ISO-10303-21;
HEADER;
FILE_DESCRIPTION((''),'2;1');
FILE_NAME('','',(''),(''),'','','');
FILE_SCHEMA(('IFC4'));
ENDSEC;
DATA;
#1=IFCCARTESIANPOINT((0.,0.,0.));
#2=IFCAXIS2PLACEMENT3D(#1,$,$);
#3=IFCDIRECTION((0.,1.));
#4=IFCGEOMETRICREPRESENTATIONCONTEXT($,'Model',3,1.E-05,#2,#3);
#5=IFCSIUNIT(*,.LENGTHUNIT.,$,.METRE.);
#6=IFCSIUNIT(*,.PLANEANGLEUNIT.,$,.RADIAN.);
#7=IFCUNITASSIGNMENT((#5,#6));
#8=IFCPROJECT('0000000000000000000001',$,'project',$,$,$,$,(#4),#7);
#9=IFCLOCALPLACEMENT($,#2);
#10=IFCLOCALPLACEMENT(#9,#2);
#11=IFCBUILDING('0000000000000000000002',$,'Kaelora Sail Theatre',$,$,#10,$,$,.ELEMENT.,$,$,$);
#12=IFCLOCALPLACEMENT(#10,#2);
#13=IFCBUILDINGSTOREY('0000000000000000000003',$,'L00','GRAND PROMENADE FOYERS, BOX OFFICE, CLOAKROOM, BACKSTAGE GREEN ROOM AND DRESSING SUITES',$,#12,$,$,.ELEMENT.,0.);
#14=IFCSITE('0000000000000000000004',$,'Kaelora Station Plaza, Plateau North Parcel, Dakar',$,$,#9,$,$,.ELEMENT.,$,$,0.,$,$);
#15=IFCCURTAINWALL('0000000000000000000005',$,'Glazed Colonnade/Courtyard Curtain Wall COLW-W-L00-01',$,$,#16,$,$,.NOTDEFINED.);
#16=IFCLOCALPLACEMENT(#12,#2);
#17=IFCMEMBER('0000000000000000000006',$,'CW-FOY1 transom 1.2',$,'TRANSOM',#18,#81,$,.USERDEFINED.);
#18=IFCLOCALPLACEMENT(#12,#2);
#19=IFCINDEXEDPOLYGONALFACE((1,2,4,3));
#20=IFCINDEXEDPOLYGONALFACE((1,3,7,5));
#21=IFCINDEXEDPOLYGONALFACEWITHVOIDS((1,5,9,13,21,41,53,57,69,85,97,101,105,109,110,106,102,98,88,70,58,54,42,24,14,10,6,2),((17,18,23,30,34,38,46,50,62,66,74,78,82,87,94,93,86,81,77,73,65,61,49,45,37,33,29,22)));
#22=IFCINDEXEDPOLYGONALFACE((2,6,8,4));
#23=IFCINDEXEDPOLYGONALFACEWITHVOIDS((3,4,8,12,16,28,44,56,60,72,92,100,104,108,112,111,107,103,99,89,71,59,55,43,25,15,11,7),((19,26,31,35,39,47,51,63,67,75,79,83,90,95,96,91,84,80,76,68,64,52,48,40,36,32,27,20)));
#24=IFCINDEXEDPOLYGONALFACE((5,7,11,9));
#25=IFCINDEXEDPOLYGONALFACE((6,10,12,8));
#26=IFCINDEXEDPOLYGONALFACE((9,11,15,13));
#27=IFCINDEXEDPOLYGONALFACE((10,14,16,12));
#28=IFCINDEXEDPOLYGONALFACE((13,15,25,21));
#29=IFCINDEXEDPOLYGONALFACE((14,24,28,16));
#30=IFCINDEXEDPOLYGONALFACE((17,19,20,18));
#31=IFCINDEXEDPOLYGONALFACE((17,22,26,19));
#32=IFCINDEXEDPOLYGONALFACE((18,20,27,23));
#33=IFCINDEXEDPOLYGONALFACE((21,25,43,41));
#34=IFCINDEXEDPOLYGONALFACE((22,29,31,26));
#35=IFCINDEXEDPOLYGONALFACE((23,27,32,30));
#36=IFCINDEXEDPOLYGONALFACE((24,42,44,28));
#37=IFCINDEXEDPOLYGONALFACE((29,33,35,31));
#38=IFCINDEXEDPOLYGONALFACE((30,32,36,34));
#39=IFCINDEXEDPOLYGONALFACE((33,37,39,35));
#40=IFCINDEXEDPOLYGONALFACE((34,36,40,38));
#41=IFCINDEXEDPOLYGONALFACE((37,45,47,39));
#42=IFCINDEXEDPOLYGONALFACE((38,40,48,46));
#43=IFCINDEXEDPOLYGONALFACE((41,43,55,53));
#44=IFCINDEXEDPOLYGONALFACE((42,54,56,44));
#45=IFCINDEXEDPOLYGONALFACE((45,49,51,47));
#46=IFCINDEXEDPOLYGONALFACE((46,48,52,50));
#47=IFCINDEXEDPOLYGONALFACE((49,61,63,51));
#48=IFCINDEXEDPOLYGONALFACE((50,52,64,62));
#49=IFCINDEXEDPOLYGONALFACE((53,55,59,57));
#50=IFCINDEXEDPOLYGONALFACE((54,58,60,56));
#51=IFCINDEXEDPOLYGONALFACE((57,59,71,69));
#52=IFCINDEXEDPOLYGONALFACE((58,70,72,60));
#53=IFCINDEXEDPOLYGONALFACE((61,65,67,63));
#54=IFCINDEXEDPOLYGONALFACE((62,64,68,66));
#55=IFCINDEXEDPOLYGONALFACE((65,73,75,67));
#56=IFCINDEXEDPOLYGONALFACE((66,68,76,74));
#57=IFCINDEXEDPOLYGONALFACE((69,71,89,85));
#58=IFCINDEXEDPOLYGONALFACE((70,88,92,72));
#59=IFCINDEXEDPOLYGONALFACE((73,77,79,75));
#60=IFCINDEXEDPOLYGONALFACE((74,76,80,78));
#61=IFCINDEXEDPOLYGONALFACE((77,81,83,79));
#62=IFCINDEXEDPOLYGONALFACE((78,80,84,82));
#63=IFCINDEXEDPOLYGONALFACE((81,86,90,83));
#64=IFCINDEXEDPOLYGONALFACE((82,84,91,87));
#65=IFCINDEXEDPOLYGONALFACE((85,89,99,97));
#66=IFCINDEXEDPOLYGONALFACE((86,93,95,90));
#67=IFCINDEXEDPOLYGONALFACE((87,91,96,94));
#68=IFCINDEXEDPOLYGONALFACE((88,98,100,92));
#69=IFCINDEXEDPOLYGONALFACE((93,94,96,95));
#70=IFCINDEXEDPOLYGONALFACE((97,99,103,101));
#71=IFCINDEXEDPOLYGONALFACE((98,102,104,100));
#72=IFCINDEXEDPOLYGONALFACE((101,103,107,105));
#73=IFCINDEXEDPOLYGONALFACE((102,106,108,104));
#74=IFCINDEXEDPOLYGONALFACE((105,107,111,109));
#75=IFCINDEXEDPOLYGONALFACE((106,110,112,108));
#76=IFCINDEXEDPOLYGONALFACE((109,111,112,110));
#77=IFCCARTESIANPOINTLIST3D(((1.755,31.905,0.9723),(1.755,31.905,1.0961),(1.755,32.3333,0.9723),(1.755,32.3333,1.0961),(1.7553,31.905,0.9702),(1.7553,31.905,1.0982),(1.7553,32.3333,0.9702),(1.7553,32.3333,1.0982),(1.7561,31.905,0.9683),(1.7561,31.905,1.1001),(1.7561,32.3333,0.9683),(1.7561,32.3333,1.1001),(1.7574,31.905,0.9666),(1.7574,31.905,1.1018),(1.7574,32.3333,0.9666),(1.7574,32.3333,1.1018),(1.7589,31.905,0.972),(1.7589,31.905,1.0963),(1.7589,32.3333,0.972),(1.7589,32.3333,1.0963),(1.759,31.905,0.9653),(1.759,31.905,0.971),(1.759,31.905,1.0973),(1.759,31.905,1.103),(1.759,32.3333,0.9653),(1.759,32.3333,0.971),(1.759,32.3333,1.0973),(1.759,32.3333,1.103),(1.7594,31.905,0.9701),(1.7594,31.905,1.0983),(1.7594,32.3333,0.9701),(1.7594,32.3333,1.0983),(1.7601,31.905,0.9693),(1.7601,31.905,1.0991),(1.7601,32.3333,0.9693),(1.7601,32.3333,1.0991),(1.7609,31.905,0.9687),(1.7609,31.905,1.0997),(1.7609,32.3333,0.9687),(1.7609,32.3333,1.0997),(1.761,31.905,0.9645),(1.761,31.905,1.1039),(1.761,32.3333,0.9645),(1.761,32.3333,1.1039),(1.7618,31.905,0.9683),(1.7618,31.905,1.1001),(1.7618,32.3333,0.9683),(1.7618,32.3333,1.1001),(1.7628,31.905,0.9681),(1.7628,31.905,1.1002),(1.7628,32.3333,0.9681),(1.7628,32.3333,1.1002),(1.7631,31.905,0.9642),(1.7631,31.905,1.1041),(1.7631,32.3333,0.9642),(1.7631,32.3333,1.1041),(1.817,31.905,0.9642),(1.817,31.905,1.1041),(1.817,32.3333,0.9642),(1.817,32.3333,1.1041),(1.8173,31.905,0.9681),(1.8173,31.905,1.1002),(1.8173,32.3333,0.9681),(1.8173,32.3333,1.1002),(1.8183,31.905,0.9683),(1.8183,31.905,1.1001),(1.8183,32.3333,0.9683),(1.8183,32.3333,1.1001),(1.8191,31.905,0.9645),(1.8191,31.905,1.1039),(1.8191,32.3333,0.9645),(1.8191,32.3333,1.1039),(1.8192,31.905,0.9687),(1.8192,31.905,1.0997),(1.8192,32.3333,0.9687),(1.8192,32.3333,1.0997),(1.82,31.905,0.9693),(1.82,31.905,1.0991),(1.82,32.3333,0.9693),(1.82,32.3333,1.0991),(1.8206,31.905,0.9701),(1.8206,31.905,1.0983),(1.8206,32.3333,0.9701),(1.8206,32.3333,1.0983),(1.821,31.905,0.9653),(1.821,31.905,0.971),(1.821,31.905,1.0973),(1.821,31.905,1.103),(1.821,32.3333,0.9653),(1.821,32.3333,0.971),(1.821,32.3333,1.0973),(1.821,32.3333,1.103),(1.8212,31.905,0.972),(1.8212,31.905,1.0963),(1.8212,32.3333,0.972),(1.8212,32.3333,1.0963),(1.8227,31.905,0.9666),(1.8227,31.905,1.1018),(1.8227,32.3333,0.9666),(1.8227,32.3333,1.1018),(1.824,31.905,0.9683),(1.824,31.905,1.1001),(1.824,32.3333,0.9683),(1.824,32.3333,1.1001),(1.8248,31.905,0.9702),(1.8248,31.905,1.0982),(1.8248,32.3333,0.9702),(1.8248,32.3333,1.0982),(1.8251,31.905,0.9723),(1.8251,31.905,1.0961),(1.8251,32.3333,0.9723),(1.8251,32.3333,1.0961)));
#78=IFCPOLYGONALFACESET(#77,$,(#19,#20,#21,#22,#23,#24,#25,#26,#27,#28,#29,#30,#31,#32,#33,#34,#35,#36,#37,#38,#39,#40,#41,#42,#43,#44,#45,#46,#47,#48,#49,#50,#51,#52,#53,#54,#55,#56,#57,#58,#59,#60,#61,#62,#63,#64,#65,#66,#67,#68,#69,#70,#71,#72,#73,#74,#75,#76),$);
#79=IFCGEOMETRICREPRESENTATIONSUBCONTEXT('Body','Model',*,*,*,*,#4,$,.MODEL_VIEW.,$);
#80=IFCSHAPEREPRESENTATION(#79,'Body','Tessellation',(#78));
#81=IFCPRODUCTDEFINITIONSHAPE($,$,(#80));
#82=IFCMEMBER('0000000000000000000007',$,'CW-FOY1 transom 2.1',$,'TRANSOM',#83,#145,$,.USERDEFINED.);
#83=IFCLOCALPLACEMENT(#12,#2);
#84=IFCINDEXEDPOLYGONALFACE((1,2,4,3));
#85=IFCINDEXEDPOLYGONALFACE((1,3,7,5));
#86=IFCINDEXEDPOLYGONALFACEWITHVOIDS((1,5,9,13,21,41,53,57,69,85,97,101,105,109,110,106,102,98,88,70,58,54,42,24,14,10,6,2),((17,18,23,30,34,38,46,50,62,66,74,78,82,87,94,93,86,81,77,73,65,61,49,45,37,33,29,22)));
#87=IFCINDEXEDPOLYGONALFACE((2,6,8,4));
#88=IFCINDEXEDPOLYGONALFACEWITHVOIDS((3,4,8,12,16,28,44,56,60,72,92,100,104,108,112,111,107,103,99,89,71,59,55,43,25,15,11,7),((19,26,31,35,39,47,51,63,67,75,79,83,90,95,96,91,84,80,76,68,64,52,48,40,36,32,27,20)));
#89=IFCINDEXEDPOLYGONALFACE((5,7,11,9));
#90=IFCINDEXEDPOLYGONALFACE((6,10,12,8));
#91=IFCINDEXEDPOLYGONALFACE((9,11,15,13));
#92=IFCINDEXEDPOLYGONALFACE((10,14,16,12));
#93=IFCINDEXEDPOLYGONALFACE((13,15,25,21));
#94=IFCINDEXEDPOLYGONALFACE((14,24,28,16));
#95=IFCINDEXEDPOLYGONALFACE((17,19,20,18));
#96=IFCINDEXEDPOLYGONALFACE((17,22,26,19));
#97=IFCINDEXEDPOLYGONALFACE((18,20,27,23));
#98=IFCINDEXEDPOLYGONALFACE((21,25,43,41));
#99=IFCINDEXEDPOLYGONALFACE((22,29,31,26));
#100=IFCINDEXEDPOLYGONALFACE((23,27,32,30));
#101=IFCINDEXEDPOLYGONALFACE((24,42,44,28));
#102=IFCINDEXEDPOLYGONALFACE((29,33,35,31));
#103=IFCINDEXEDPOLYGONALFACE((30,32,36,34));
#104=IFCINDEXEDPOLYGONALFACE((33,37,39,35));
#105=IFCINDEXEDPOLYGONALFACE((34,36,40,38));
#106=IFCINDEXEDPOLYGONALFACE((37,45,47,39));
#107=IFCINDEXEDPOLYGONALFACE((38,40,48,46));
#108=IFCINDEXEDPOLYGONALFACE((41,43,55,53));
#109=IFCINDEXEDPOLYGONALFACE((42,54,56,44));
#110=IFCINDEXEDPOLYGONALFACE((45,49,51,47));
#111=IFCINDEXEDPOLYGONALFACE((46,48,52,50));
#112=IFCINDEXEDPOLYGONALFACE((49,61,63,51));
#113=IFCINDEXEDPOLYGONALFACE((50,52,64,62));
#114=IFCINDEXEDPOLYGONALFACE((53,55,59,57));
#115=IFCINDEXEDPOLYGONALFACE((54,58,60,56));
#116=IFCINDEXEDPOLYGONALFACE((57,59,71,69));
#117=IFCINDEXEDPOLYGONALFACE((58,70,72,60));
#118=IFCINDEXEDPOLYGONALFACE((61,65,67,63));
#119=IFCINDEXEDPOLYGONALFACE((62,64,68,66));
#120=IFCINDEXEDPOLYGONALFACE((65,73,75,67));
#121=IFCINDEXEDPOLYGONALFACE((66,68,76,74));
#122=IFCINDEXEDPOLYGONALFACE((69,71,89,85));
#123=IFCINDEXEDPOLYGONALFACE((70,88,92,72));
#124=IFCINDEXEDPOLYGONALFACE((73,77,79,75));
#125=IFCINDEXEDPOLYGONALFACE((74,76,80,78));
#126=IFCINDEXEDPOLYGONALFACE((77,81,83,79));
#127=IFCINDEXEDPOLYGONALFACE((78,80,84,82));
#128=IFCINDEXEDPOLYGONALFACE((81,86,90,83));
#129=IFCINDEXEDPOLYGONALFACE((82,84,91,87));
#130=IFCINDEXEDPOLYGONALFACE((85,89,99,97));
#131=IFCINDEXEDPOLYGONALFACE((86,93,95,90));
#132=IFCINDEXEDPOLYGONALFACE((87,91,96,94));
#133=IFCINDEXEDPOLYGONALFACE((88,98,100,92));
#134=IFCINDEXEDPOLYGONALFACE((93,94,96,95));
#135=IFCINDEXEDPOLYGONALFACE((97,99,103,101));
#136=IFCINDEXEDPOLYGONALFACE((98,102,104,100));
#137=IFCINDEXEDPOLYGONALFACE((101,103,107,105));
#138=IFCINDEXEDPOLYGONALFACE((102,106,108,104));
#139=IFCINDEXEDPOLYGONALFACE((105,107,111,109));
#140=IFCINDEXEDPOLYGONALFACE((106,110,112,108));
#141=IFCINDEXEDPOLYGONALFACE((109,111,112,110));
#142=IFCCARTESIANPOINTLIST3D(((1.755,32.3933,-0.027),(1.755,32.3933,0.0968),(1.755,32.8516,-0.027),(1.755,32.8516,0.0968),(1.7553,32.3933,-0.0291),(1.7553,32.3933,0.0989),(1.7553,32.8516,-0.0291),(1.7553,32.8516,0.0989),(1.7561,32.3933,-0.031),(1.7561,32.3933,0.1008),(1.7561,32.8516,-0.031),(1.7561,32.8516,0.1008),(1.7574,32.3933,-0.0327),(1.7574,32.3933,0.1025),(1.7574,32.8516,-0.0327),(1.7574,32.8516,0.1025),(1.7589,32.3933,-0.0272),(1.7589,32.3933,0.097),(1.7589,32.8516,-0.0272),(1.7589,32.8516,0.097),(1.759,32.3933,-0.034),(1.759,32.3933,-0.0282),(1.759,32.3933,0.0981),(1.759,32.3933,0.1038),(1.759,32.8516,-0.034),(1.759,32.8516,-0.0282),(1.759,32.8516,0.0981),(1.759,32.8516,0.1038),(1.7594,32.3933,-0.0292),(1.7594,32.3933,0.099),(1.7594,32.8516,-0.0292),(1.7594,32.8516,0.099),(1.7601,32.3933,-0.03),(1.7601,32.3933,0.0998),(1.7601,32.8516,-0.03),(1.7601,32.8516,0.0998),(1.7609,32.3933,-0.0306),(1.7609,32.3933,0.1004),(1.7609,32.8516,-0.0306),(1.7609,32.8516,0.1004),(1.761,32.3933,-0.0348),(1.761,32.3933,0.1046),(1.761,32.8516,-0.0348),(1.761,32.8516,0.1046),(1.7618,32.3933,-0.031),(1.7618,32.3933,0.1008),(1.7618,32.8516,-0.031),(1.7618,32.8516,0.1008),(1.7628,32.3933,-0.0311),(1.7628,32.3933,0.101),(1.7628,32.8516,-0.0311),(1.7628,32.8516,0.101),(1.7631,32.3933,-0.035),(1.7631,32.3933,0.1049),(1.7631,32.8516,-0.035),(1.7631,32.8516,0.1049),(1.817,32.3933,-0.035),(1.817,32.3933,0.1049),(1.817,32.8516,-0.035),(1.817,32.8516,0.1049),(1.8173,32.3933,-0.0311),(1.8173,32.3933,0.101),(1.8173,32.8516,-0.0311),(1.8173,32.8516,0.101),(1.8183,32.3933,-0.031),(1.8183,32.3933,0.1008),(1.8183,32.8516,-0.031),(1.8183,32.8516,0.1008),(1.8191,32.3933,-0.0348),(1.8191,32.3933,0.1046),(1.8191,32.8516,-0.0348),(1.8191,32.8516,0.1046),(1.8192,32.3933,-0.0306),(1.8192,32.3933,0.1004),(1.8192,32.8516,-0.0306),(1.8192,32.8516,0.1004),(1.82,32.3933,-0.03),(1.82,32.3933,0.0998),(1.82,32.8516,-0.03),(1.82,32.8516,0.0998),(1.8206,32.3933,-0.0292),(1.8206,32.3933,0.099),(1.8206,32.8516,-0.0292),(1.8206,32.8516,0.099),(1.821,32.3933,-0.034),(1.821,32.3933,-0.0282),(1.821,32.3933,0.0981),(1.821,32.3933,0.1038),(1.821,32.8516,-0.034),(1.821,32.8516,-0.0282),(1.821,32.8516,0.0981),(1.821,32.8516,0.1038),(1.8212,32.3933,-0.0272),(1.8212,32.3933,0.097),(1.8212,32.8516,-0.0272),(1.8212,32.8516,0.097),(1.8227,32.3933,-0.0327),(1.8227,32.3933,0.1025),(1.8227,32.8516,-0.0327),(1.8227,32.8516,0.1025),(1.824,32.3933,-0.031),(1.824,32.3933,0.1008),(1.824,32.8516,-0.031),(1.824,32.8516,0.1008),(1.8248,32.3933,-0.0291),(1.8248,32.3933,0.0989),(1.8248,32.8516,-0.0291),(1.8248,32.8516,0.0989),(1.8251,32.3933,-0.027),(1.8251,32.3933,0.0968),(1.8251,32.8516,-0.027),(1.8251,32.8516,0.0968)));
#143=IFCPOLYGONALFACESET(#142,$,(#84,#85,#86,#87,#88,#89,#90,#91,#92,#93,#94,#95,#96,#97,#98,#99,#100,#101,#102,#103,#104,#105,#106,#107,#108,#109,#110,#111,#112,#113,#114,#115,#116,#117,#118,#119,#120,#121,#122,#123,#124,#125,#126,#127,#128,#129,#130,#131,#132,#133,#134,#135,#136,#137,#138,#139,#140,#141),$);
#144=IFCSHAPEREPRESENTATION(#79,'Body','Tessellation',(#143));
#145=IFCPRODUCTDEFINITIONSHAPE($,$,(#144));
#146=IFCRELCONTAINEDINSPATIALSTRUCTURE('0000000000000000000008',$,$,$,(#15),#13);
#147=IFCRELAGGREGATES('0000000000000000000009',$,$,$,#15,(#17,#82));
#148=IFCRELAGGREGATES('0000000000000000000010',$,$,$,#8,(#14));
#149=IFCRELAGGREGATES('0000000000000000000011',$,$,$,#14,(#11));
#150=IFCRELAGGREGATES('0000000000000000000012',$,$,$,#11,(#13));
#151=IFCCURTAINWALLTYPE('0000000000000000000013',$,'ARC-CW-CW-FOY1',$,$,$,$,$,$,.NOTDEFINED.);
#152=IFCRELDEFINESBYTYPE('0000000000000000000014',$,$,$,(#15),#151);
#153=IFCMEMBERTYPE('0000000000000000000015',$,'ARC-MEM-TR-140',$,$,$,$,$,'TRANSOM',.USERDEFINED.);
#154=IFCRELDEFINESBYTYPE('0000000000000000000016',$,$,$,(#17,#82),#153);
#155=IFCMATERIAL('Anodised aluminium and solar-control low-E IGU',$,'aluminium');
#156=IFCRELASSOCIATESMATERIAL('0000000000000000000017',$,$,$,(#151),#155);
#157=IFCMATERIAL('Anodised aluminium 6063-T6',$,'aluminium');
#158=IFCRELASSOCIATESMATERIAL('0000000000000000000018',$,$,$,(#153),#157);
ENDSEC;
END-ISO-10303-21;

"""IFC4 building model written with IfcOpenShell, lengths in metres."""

from ifc_helpers import new_model, si_unit, direction, frame, origin, origin_2d, place, context, subcontext, project, spatial, hollow_rectangle, extrude, material, material_profile, profile_set, type_object, element, aggregate, save


model = new_model("IFC4")

# Units and contexts
model_context = context("Model", 3, precision=1e-05, world=origin(), true_north=direction((0.0, 1.0)))
body_context = subcontext(model_context, "Body", "Model", "MODEL_VIEW")
ifc_project = project(units=[si_unit("LENGTHUNIT", "METRE"), si_unit("PLANEANGLEUNIT", "RADIAN")], contexts=[model_context])

# Site, building, storey
site_placement = place(None, origin())
site = spatial("IfcSite", under=ifc_project, at=site_placement, Name="Kaelora Station Plaza, Plateau North Parcel, Dakar", CompositionType="ELEMENT", RefElevation=0.0)
building_placement = place(site_placement, origin())
building = spatial("IfcBuilding", under=site, at=building_placement, Name="Kaelora Sail Theatre", CompositionType="ELEMENT")
storey_placement = place(building_placement, origin())
storey = spatial("IfcBuildingStorey", under=building, at=storey_placement, Name="L00", Description="GRAND PROMENADE FOYERS, BOX OFFICE, CLOAKROOM, BACKSTAGE GREEN ROOM AND DRESSING SUITES", CompositionType="ELEMENT", Elevation=0.0)

# Curtain wall
ifc_material_1 = material(Name="Anodised aluminium and solar-control low-E IGU", Category="aluminium")
curtain_wall_type = type_object("IfcCurtainWallType", Name="ARC-CW-CW-FOY1", PredefinedType="NOTDEFINED", material=ifc_material_1)
curtain_wall_1_placement = place(storey_placement, origin())
curtain_wall_1 = element("IfcCurtainWall", 1, at=curtain_wall_1_placement, inside=storey, type_object=curtain_wall_type, Name="Glazed Colonnade/Courtyard Curtain Wall COLW-W-L00-01", PredefinedType="NOTDEFINED")

# Members
ifc_material_2 = material(Name="Anodised aluminium 6063-T6", Category="aluminium")
ifc_material_profile_1 = material_profile(ifc_material_2, hollow_rectangle(XDim=0.0701, YDim=0.1399, WallThickness=0.0039, InnerFilletRadius=0.0039, OuterFilletRadius=0.0081, at=origin_2d()), Name="ALU-TRAN 70x140x4")
ifc_profile_set_1 = profile_set([ifc_material_profile_1], Name="Anodised aluminium 6063-T6")
member_type_1 = type_object("IfcMemberType", Name="ARC-MEM-TR-140", ElementType="TRANSOM", PredefinedType="USERDEFINED", material=ifc_profile_set_1)
member_1_placement = place(storey_placement, frame((1.79, 31.905, 1.0342), z_axis=(0.0, 1.0, 0.0), x_axis=(-1.0, 0.0, 0.0)))
member_1 = element("IfcMember", 2, at=member_1_placement, type_object=member_type_1, Name="CW-FOY1 transom 1.2", ObjectType="TRANSOM", PredefinedType="USERDEFINED", context=body_context, shape_type="SweptSolid", body=[
    extrude(hollow_rectangle(XDim=0.0701, YDim=0.1399, WallThickness=0.0039, InnerFilletRadius=0.0039, OuterFilletRadius=0.0081, at=origin_2d()), origin(), (0.0, 0.0, 1.0), 0.4282),
])
member_2_placement = place(storey_placement, frame((1.79, 32.3933, 0.0349), z_axis=(0.0, 1.0, 0.0), x_axis=(-1.0, 0.0, 0.0)))
member_2 = element("IfcMember", 3, at=member_2_placement, type_object=member_type_1, Name="CW-FOY1 transom 2.1", ObjectType="TRANSOM", PredefinedType="USERDEFINED", context=body_context, shape_type="SweptSolid", body=[
    extrude(hollow_rectangle(XDim=0.0701, YDim=0.1399, WallThickness=0.0039, InnerFilletRadius=0.0039, OuterFilletRadius=0.0081, at=origin_2d()), origin(), (0.0, 0.0, 1.0), 0.4583),
])

aggregate(curtain_wall_1, [member_1, member_2])

save(model, "model.ifc")
